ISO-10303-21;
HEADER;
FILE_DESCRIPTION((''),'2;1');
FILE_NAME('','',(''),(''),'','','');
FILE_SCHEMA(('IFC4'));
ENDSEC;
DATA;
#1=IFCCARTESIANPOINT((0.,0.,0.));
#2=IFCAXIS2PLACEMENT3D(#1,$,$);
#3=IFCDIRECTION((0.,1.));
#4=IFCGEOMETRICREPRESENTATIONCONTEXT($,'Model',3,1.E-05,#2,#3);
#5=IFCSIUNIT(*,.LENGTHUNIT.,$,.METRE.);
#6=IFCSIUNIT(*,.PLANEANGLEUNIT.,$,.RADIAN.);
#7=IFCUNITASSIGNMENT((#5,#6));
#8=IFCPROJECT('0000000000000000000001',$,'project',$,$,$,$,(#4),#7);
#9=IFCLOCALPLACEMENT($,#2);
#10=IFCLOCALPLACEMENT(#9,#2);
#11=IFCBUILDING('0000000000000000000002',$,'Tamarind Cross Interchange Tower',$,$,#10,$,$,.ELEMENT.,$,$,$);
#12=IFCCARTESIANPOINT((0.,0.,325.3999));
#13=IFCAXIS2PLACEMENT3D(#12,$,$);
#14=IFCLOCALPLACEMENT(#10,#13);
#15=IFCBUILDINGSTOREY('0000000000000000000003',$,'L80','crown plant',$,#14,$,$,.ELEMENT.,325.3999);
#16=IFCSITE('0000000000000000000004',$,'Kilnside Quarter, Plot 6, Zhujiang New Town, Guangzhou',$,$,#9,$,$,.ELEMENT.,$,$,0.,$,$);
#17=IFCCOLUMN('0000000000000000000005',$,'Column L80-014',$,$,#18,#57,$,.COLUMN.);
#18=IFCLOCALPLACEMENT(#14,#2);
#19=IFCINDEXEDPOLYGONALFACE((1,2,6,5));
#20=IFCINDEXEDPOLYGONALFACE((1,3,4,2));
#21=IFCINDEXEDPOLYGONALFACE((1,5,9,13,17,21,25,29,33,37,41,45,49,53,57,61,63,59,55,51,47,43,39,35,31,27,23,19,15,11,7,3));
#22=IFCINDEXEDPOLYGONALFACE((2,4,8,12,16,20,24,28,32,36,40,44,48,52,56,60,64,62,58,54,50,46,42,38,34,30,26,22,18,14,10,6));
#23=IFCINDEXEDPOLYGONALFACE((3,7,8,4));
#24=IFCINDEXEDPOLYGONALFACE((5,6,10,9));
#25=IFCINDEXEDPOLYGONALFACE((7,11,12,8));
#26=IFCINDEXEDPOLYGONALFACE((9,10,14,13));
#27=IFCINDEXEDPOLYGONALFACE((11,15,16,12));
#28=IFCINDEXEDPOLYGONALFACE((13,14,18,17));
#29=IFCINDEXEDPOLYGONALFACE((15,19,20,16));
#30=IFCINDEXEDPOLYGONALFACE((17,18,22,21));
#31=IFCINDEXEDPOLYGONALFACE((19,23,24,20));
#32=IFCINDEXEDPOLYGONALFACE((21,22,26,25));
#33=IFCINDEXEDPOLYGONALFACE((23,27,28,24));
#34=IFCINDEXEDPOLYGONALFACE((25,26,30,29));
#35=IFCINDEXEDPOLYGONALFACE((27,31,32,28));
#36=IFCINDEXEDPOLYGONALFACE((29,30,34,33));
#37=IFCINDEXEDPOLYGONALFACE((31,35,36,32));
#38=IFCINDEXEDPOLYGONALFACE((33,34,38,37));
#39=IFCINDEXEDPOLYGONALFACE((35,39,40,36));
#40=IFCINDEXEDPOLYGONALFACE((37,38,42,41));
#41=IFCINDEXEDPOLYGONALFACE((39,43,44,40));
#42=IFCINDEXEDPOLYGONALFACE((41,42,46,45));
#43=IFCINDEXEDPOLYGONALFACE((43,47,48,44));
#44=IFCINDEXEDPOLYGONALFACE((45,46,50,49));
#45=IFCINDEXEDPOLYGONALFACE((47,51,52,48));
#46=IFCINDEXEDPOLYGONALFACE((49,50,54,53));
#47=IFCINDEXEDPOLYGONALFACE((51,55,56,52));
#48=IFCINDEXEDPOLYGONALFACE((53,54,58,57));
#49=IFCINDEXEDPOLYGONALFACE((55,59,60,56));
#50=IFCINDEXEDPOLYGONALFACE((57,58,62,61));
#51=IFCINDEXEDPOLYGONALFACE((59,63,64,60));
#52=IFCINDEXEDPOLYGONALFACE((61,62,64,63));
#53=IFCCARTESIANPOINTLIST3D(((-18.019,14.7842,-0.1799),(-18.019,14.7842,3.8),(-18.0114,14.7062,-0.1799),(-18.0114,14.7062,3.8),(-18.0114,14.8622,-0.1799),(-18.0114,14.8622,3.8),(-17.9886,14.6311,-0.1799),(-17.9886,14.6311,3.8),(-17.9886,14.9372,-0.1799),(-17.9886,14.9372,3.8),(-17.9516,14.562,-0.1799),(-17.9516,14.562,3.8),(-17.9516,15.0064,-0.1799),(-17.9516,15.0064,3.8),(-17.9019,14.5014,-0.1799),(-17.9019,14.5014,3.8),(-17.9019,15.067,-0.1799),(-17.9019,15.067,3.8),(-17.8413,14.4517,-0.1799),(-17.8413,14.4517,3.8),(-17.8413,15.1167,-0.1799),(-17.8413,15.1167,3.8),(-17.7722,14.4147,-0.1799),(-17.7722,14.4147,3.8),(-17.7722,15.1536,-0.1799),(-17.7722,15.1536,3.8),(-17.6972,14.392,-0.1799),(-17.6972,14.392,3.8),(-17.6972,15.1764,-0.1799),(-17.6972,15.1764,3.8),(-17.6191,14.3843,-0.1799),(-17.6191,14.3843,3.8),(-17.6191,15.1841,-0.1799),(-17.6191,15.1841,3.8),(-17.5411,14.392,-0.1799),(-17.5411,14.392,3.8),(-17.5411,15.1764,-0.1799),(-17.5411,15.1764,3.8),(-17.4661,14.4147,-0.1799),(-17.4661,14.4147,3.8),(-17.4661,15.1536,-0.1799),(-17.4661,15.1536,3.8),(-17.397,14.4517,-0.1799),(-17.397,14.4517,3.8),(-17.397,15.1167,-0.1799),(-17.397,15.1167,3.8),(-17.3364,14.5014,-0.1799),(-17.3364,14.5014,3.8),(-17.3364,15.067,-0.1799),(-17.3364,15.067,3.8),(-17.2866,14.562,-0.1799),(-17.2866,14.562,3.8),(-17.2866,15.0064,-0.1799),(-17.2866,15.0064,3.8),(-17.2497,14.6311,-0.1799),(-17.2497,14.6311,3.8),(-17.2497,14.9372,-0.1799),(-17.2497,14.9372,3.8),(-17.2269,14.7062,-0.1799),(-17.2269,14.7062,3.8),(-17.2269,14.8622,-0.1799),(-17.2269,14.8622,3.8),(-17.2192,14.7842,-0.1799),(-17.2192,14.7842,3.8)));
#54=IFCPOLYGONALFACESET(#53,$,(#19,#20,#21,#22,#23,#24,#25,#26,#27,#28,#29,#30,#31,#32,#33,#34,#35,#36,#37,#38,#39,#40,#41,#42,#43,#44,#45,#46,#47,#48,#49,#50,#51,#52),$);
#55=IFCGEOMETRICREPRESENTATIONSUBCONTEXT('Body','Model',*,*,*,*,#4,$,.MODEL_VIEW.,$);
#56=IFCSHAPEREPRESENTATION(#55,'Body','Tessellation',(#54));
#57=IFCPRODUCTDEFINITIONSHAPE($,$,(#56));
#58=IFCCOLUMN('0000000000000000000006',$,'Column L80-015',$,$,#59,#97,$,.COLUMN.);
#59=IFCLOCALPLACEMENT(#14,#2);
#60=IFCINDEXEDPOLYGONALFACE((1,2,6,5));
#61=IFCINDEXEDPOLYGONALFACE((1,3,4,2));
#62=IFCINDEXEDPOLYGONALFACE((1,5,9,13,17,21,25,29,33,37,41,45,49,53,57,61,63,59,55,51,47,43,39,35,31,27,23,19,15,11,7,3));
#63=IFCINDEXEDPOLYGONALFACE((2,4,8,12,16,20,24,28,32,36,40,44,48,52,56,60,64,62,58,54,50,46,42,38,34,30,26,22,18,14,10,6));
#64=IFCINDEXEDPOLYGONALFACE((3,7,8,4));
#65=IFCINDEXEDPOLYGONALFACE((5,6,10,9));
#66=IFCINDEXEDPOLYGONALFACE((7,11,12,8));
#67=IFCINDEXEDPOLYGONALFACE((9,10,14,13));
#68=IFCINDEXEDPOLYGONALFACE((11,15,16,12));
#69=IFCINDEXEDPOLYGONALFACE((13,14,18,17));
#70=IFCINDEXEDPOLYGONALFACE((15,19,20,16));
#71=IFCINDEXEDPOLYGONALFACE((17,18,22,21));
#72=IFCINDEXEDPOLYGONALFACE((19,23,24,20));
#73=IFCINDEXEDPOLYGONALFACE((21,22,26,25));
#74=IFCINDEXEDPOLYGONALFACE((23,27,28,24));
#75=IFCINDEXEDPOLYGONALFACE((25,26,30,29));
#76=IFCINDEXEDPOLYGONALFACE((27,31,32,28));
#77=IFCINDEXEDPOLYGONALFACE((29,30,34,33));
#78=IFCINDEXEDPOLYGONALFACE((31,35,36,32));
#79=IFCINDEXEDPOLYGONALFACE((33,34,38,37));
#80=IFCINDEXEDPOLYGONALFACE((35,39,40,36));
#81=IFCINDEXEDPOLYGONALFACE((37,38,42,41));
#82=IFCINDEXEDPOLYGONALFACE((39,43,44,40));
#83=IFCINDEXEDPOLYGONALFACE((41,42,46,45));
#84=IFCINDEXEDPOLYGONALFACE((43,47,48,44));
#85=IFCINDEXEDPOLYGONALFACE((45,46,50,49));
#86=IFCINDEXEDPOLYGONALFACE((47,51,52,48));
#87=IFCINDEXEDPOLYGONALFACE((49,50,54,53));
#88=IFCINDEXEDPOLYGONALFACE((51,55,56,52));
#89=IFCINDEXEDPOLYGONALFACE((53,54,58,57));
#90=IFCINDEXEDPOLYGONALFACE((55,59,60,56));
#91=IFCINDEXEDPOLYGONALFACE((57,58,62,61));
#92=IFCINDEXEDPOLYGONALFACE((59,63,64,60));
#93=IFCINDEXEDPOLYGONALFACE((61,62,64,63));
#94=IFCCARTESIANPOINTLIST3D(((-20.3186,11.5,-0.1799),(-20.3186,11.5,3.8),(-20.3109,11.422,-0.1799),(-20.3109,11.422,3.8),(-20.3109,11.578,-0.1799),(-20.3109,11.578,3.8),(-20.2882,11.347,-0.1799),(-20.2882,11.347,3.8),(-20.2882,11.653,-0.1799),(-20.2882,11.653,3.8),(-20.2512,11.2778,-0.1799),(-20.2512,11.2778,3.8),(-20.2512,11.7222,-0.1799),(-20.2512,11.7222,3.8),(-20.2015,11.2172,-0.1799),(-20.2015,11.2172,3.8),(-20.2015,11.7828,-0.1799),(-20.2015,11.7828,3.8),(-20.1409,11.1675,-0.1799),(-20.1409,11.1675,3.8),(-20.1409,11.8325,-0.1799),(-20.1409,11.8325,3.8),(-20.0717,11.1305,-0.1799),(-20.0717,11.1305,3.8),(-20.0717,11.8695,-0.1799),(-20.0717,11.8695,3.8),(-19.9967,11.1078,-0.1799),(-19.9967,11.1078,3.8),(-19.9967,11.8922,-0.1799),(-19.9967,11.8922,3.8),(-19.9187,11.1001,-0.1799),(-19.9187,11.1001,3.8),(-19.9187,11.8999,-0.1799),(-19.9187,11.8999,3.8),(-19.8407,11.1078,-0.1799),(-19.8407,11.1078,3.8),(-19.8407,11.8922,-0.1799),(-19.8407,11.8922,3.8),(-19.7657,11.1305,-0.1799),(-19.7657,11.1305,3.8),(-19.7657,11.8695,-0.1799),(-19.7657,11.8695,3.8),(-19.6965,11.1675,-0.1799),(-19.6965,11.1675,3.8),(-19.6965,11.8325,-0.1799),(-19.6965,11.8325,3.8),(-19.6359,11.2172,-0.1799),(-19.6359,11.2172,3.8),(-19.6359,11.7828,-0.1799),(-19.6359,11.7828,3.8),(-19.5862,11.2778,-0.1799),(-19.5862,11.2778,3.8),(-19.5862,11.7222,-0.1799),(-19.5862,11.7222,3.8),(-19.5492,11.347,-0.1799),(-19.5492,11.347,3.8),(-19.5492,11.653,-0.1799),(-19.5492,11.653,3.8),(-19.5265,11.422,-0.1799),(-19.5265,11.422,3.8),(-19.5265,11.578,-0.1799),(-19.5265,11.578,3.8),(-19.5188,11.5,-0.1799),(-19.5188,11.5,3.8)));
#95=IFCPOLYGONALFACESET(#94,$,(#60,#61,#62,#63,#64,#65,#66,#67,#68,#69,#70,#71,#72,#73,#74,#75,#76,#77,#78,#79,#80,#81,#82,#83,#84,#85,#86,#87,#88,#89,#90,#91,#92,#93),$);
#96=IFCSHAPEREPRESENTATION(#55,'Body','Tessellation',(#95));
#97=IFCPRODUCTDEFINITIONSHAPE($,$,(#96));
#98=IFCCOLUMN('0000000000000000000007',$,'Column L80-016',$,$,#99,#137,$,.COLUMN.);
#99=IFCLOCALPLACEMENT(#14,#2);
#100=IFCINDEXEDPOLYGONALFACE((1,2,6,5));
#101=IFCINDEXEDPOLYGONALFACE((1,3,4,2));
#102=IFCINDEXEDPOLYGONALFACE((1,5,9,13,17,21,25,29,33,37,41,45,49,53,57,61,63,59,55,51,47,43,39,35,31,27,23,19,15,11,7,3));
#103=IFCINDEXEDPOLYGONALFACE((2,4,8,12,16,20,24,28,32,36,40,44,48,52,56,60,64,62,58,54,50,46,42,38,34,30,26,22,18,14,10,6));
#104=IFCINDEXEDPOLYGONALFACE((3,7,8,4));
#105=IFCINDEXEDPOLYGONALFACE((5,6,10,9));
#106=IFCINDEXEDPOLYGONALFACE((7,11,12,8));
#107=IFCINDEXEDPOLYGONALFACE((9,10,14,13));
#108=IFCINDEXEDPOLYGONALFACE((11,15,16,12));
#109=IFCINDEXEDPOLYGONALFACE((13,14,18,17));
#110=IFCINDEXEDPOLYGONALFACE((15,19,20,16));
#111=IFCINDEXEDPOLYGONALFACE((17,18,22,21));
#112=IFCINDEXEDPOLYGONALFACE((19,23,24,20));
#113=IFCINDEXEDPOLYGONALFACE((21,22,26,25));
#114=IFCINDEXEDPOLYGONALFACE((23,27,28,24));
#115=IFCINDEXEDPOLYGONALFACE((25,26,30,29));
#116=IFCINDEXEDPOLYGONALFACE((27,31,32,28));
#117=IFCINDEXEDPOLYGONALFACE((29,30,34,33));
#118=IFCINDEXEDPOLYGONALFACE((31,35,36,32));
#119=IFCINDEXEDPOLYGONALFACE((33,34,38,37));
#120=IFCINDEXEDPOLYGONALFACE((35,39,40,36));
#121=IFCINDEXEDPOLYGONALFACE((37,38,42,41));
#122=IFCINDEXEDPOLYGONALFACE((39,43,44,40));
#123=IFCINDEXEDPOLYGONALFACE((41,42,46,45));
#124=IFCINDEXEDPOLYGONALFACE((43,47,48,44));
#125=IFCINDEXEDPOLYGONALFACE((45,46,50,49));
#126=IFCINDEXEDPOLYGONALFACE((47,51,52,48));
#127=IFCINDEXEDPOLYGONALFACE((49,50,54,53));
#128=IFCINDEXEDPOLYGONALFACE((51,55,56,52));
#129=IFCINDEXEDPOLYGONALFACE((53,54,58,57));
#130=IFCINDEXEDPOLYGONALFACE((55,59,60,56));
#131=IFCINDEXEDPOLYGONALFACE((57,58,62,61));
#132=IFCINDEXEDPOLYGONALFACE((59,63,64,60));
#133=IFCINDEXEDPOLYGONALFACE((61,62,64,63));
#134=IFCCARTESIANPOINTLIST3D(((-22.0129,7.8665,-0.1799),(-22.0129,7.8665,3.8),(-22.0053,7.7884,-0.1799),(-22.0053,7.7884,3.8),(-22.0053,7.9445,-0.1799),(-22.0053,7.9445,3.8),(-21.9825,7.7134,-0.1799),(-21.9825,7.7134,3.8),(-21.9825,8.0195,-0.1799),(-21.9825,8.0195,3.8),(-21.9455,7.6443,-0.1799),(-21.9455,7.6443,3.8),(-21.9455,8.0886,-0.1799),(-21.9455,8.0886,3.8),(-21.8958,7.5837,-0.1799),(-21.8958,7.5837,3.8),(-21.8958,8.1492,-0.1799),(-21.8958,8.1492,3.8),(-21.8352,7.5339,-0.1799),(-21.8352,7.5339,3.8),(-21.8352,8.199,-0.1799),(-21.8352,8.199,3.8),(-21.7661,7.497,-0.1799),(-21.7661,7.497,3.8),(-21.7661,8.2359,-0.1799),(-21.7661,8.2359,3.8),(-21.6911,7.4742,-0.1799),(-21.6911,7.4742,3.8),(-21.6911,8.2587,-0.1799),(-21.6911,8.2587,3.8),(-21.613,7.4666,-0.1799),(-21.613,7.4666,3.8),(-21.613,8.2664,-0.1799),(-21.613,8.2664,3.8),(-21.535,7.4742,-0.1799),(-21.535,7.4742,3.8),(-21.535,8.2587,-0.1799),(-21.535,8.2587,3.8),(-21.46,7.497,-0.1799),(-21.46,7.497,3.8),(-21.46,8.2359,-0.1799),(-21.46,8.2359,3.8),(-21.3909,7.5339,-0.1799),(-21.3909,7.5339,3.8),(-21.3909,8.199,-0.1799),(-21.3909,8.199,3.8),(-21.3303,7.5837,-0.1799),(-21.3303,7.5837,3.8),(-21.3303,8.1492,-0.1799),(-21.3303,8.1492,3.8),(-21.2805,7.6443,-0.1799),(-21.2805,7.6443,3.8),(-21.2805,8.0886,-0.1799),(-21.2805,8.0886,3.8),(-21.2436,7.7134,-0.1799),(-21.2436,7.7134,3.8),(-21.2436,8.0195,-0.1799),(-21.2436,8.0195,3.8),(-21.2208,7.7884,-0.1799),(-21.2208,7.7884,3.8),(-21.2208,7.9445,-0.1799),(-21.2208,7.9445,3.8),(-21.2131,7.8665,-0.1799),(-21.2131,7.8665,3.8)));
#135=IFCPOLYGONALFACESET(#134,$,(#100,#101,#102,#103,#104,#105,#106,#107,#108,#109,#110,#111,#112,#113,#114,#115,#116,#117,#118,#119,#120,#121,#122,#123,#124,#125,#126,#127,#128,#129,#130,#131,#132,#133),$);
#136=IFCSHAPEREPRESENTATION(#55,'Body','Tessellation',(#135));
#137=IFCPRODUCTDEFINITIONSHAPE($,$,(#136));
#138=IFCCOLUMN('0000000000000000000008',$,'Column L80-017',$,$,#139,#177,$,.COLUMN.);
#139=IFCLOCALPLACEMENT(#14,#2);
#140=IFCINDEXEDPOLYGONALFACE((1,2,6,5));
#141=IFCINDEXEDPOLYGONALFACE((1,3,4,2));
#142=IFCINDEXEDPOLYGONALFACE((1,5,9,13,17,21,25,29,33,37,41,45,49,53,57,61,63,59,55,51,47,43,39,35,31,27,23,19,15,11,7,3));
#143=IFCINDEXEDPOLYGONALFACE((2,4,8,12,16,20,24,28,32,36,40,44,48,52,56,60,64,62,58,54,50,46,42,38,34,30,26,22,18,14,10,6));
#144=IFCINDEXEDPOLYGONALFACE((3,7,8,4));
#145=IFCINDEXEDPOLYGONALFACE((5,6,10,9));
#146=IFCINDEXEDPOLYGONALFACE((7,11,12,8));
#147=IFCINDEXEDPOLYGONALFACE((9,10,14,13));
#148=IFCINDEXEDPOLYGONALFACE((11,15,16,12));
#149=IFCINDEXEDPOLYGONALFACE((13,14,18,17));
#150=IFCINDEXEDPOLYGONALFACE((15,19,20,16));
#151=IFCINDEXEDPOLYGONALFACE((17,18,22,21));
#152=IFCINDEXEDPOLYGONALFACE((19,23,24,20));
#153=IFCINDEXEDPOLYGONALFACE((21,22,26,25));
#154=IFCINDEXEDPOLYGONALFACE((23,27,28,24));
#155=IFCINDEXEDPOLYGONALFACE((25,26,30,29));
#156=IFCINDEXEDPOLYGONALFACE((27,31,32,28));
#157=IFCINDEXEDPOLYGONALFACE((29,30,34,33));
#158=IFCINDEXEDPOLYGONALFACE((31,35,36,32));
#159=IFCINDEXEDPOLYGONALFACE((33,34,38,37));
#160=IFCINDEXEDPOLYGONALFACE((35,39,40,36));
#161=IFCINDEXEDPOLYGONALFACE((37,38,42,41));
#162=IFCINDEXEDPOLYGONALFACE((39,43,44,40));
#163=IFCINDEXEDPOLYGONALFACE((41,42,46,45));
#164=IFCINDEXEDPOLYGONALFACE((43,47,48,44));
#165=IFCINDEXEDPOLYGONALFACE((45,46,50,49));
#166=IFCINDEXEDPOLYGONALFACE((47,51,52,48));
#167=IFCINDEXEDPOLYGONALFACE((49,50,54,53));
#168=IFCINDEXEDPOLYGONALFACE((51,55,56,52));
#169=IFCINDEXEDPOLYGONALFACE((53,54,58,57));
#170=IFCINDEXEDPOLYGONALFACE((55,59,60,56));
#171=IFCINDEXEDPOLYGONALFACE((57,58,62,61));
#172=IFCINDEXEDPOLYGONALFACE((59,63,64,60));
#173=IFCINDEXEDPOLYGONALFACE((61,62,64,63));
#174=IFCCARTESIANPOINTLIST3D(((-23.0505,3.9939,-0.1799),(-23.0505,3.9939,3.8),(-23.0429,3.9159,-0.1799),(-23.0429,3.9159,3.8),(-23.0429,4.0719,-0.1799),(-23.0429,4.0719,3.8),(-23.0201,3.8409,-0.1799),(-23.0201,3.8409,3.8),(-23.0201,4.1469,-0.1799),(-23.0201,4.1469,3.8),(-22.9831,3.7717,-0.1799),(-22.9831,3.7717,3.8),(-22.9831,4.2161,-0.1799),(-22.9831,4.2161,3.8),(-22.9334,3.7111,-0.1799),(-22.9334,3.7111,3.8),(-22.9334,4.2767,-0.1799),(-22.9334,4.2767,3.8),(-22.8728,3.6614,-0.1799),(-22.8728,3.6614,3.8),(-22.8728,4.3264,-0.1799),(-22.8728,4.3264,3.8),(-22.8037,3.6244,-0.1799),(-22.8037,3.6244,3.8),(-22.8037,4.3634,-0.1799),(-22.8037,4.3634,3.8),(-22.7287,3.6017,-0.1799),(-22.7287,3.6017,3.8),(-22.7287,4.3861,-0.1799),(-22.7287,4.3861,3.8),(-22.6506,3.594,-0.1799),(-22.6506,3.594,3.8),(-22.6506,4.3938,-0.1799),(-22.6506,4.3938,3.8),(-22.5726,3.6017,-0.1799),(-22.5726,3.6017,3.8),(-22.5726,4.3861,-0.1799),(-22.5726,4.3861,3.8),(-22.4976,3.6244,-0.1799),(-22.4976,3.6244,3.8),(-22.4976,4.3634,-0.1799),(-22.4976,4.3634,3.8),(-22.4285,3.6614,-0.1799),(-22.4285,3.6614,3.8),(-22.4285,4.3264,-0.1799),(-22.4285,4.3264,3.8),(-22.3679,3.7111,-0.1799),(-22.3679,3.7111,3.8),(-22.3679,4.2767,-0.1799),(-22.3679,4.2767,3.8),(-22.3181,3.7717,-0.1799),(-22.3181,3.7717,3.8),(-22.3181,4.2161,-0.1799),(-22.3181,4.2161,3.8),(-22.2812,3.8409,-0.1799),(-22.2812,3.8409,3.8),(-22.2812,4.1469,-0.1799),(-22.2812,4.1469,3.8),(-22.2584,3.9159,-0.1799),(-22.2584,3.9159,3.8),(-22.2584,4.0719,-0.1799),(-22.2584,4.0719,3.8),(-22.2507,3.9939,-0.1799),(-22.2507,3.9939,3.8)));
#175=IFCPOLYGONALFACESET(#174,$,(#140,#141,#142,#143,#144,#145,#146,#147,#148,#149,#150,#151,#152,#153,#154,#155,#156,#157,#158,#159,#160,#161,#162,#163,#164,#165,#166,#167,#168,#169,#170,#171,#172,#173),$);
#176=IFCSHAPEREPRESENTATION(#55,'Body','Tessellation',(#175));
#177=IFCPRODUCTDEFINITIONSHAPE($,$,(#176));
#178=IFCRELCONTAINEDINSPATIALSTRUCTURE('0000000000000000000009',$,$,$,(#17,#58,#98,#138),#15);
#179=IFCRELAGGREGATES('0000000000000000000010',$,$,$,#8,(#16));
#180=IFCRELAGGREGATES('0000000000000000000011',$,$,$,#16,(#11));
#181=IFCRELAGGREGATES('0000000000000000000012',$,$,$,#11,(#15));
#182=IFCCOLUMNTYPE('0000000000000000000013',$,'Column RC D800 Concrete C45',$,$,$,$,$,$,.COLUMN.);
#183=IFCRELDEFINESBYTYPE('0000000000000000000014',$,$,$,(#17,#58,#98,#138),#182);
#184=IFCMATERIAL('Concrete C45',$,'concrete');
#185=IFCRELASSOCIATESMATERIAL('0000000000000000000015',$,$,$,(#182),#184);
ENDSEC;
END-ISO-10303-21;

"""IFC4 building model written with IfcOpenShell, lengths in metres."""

from ifc_helpers import new_model, si_unit, direction, frame, origin, origin_2d, place, context, subcontext, project, spatial, circle, extrude, material, material_profile, profile_set, type_object, element, save


model = new_model("IFC4")

# Units and contexts
model_context = context("Model", 3, precision=1e-05, world=origin(), true_north=direction((0.0, 1.0)))
body_context = subcontext(model_context, "Body", "Model", "MODEL_VIEW")
ifc_project = project(units=[si_unit("LENGTHUNIT", "METRE"), si_unit("PLANEANGLEUNIT", "RADIAN")], contexts=[model_context])

# Site, building, storey
site_placement = place(None, origin())
site = spatial("IfcSite", under=ifc_project, at=site_placement, Name="Kilnside Quarter, Plot 6, Zhujiang New Town, Guangzhou", CompositionType="ELEMENT", RefElevation=0.0)
building_placement = place(site_placement, origin())
building = spatial("IfcBuilding", under=site, at=building_placement, Name="Tamarind Cross Interchange Tower", CompositionType="ELEMENT")
storey_placement = place(building_placement, frame((0.0, 0.0, 325.3999)))
storey = spatial("IfcBuildingStorey", under=building, at=storey_placement, Name="L80", Description="crown plant", CompositionType="ELEMENT", Elevation=325.3999)

# Columns
ifc_material_1 = material(Name="Concrete C45", Category="concrete")
ifc_material_profile_1 = material_profile(ifc_material_1, circle(Radius=0.3999, at=origin_2d()), Name="RC D800")
ifc_profile_set_1 = profile_set([ifc_material_profile_1], Name="Concrete C45")
column_type = type_object("IfcColumnType", Name="Column RC D800 Concrete C45", PredefinedType="COLUMN", material=ifc_profile_set_1)
for number, where, z_axis, x_axis, name in (
    (1, (-17.6191, 14.7842, -0.1799), (0.0, 0.0, 1.0), (1.0, 0.0, 0.0), "Column L80-014"),
    (2, (-19.9187, 11.5, -0.1799), (0.0, 0.0, 1.0), (1.0, 0.0, 0.0), "Column L80-015"),
    (3, (-21.613, 7.8665, -0.1799), (0.0, 0.0, 1.0), (1.0, 0.0, 0.0), "Column L80-016"),
    (4, (-22.6506, 3.9939, -0.1799), (0.0, 0.0, 1.0), (1.0, 0.0, 0.0), "Column L80-017"),
):
    element("IfcColumn", number, at=place(storey_placement, frame(where, z_axis=z_axis, x_axis=x_axis)), inside=storey, type_object=column_type, Name=name, PredefinedType="COLUMN", context=body_context, shape_type="SweptSolid", body=[
        extrude(circle(Radius=0.3999, at=origin_2d()), origin(), (0.0, 0.0, 1.0), 3.98),
    ])

save(model, "model.ifc")
